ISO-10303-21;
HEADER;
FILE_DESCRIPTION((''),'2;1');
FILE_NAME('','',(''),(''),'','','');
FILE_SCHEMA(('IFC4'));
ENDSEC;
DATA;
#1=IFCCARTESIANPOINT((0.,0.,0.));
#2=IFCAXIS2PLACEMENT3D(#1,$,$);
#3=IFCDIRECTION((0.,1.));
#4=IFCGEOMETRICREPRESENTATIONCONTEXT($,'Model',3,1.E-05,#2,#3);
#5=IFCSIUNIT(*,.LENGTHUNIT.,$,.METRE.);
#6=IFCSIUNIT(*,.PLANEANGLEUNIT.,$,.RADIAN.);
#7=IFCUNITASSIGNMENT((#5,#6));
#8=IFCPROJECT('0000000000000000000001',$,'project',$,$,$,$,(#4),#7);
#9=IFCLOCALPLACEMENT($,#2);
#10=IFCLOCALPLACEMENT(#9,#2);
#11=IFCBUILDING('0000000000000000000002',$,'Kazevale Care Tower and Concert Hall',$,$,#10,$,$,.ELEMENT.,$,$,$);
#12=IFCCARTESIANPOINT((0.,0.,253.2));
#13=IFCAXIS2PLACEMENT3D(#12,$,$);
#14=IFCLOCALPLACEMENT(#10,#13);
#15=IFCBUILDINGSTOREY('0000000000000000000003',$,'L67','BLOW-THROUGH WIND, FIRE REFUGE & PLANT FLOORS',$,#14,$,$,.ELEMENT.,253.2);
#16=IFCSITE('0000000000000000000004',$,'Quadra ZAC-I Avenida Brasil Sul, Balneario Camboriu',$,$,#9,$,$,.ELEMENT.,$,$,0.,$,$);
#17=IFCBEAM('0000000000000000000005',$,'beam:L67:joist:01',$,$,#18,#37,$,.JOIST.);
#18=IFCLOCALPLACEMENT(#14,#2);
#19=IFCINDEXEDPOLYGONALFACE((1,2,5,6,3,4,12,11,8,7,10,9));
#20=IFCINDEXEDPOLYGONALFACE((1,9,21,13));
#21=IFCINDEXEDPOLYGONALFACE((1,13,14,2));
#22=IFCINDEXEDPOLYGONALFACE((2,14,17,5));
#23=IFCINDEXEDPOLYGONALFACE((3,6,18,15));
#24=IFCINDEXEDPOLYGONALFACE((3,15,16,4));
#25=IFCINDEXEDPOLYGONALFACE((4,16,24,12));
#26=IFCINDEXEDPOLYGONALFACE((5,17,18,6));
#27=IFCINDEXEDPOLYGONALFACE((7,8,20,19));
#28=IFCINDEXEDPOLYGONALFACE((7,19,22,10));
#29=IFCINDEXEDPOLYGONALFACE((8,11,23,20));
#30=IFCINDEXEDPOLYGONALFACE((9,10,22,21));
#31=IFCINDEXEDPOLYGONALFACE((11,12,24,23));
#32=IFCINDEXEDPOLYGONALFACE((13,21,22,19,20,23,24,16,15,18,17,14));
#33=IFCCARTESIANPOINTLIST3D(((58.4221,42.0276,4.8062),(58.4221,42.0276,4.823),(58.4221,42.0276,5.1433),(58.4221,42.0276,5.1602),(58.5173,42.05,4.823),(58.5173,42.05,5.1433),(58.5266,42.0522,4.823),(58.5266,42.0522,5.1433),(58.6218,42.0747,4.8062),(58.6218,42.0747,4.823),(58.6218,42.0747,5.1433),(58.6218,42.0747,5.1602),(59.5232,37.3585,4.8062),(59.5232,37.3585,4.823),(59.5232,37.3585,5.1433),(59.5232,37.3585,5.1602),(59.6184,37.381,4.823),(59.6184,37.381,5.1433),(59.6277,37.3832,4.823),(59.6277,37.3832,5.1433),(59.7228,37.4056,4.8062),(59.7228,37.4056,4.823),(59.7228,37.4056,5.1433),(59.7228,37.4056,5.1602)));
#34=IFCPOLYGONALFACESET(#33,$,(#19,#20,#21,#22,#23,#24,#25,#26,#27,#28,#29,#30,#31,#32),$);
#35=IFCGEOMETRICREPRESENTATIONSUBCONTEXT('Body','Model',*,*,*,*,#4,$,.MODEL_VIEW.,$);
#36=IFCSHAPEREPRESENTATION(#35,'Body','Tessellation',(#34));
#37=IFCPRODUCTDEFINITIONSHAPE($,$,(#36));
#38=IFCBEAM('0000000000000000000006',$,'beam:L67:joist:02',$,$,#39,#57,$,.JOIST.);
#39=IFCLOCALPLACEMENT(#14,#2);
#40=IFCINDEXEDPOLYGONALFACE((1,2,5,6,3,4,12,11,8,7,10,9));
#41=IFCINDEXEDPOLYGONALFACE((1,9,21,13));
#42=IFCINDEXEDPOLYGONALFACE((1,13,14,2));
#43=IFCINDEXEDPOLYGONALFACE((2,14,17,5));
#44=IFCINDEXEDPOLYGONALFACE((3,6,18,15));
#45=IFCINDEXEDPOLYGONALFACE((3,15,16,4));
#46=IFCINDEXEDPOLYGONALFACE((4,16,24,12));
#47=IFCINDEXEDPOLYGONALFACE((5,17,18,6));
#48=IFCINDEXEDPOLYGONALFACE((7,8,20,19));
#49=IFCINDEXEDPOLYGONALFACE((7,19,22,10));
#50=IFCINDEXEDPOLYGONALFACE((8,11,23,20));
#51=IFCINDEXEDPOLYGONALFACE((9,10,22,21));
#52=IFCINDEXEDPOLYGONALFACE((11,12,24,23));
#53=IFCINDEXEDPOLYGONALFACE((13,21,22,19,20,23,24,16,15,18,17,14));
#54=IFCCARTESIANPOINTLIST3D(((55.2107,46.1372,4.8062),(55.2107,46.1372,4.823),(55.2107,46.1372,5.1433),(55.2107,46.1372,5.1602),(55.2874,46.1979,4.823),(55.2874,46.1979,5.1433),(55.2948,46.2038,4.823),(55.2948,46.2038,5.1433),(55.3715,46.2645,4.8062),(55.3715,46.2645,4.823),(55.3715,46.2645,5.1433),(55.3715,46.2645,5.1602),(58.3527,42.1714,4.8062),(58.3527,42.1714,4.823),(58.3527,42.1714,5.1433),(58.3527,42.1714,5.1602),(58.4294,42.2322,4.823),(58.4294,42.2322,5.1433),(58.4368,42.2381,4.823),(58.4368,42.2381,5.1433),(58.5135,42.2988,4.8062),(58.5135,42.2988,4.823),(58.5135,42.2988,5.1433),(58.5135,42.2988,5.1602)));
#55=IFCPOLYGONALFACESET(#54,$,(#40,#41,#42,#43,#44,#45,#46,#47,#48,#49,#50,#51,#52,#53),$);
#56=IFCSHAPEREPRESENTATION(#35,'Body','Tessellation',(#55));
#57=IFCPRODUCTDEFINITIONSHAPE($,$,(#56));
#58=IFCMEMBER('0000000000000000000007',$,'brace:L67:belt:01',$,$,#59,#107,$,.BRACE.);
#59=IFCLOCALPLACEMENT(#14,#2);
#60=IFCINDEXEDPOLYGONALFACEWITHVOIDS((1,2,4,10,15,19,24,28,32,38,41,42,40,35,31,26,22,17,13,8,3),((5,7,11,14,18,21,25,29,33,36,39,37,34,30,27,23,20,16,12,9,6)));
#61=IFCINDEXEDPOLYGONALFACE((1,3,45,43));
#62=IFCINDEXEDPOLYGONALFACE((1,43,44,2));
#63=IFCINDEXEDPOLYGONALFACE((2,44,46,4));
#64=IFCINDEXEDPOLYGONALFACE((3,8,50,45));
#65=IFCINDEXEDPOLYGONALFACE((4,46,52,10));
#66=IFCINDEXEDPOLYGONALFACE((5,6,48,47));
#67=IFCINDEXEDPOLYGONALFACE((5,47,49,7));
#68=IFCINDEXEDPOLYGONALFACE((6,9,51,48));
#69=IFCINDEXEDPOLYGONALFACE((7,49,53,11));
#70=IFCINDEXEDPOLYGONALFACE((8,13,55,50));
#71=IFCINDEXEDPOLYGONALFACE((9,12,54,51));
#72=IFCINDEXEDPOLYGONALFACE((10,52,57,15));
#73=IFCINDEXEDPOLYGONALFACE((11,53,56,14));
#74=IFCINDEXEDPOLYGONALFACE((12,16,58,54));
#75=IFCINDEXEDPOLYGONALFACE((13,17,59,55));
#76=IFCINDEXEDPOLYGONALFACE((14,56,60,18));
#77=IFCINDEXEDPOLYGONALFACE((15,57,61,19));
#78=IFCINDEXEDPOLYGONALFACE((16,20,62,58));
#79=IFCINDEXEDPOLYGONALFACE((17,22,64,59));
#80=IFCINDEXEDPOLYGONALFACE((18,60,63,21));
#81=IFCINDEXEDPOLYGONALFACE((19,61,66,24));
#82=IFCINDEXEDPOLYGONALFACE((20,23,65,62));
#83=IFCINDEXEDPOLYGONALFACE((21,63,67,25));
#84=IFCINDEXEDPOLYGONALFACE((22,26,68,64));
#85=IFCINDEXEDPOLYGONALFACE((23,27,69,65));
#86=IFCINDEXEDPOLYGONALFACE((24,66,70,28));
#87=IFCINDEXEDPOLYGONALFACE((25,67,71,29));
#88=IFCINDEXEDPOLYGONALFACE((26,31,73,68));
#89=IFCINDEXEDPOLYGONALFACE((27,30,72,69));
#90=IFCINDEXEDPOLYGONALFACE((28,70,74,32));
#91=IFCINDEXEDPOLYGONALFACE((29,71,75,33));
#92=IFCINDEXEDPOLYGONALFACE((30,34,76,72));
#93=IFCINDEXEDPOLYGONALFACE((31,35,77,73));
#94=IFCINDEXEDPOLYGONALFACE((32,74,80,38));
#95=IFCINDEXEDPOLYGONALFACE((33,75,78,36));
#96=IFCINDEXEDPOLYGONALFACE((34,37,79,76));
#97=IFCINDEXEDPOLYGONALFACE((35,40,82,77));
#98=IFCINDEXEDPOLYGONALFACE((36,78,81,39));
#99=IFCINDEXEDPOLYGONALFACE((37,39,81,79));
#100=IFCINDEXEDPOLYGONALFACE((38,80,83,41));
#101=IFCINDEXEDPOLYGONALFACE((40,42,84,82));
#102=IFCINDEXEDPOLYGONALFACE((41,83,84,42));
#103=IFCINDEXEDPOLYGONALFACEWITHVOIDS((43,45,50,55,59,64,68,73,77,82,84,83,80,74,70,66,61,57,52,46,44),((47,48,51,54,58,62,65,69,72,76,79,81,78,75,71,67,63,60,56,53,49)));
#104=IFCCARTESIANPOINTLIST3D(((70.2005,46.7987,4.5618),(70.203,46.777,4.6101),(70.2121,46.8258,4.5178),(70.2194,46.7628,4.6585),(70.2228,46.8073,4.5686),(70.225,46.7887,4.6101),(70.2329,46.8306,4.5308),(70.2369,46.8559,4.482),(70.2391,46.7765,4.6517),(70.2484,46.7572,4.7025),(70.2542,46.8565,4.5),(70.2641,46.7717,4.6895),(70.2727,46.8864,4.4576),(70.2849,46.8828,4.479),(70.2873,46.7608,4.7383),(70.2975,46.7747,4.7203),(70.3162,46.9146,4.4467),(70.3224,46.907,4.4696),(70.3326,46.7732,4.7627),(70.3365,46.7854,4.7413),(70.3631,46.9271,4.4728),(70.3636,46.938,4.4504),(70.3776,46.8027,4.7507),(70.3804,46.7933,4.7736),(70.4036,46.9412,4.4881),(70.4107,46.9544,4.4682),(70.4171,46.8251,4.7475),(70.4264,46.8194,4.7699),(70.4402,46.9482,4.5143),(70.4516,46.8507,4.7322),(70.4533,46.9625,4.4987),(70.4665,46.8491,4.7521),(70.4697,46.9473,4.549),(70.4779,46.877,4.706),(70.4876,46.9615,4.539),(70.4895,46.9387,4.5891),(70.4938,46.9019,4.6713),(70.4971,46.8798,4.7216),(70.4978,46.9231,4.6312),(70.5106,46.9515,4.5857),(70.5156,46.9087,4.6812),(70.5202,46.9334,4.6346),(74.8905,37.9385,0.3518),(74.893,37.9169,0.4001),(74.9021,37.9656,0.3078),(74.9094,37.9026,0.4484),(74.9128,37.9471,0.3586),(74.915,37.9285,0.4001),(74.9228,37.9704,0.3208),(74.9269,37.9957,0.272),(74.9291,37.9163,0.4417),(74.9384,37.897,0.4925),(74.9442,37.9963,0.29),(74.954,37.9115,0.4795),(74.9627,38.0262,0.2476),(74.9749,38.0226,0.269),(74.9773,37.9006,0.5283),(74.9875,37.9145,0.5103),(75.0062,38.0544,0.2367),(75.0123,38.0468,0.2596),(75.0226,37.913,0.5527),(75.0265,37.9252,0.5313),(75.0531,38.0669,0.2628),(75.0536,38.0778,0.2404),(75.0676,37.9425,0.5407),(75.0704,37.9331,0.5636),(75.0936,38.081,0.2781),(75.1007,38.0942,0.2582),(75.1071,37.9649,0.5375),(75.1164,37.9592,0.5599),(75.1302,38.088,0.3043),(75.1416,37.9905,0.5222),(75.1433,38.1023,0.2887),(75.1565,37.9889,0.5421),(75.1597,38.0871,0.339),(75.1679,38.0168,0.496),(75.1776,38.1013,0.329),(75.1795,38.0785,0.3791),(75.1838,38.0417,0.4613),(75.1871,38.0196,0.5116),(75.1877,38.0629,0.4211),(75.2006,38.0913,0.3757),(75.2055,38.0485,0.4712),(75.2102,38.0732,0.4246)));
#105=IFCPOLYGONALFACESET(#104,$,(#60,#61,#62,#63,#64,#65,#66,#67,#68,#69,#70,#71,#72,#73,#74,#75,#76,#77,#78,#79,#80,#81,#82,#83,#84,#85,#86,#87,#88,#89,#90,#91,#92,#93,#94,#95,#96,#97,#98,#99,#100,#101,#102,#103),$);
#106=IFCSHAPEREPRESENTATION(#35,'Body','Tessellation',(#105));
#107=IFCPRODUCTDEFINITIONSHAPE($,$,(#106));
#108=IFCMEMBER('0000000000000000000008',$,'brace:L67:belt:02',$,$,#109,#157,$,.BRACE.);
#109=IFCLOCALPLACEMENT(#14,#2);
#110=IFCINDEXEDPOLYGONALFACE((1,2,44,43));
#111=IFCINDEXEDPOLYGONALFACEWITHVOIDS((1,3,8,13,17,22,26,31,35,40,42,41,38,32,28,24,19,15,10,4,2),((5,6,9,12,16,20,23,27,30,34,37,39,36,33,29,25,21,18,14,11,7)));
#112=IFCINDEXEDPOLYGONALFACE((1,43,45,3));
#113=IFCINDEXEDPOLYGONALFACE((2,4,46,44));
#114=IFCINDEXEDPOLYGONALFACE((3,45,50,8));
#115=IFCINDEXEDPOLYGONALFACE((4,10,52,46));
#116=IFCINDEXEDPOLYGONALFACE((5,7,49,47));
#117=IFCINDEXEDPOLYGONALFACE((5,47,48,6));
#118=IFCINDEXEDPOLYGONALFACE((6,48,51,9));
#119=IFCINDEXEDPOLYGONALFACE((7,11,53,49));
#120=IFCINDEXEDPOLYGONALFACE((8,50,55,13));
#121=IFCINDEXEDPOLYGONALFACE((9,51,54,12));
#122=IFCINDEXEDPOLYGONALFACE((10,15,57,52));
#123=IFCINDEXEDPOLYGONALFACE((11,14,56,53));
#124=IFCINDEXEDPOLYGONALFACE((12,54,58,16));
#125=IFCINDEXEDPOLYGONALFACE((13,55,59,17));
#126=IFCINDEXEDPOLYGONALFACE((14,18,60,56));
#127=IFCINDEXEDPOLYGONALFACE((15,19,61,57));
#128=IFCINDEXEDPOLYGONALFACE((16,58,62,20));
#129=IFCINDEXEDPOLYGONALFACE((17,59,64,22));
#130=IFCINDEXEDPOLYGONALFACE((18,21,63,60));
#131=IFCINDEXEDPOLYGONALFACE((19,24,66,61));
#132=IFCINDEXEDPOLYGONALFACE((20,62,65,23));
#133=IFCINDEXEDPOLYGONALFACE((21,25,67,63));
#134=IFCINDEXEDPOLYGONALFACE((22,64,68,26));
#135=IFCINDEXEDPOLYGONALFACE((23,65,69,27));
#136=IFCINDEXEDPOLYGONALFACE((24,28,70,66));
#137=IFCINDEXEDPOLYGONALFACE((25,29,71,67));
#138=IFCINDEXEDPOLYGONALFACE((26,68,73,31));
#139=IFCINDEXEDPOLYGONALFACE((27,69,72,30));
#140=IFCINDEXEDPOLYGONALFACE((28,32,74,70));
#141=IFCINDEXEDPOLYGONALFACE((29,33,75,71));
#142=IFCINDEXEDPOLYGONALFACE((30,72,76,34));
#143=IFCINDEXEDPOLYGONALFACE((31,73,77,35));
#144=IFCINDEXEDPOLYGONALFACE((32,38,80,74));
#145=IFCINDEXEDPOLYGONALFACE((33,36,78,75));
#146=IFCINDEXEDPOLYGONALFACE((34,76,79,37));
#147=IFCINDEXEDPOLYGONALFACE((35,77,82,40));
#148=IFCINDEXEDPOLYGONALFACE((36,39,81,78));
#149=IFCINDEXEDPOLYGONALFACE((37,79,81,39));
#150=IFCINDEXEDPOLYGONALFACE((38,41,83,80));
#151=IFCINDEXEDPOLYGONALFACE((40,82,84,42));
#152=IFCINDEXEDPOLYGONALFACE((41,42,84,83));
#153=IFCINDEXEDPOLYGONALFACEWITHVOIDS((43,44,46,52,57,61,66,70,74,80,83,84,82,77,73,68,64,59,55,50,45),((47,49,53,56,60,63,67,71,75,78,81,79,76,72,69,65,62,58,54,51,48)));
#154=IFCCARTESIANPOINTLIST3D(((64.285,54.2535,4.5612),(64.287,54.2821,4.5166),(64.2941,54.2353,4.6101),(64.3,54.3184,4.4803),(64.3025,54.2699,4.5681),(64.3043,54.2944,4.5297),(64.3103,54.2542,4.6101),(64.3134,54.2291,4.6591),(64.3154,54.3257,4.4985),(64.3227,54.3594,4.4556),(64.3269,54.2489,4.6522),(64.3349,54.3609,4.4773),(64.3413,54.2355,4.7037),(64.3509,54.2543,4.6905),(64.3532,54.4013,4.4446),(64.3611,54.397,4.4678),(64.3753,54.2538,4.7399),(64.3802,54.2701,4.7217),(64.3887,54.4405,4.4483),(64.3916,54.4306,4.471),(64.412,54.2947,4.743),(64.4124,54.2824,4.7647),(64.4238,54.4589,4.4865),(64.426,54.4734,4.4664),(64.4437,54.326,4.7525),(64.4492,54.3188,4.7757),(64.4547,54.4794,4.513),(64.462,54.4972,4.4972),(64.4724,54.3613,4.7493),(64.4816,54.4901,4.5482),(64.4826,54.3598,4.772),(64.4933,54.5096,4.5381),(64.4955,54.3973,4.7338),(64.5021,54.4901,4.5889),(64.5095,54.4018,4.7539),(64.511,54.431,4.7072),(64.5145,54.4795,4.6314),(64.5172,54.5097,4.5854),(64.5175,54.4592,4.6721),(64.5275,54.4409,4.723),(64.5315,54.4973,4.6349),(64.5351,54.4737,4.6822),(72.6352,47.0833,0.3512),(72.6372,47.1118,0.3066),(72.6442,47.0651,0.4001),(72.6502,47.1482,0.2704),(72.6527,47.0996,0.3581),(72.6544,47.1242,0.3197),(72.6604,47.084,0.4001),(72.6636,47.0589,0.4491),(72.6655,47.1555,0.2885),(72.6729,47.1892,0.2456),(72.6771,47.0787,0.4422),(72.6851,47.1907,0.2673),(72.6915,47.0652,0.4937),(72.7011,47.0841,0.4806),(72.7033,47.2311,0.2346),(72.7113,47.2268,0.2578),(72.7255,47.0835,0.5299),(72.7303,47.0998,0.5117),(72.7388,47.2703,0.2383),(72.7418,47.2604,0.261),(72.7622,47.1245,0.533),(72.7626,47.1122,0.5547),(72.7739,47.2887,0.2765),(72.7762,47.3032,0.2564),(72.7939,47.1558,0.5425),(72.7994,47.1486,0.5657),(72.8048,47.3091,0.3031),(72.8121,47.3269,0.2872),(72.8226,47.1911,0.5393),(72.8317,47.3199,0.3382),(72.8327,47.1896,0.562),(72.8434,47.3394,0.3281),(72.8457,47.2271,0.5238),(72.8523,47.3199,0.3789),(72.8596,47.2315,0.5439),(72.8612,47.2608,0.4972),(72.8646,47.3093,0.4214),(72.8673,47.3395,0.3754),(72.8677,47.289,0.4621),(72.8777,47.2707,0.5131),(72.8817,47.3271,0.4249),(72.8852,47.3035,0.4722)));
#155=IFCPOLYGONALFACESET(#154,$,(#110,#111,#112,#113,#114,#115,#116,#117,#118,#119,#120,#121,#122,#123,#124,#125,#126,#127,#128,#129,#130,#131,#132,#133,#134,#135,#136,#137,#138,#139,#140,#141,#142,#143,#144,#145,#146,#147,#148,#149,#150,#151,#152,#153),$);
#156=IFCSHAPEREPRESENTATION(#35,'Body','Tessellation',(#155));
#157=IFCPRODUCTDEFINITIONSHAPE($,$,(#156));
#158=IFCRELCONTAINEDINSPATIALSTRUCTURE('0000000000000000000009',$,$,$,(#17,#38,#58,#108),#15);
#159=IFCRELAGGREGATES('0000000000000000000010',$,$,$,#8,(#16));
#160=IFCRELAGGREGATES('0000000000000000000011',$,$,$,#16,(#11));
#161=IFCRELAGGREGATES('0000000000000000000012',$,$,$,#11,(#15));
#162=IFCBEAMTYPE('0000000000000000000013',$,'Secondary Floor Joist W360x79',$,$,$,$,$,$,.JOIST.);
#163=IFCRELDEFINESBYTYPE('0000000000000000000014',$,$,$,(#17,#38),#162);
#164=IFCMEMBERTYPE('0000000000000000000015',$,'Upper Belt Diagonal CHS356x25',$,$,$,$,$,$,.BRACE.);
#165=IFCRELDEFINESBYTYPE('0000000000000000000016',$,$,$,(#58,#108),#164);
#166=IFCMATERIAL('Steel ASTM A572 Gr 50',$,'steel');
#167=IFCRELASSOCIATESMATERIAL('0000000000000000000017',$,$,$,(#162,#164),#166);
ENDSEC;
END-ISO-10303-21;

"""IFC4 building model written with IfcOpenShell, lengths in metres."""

from ifc_helpers import new_model, si_unit, direction, frame, origin, origin_2d, place, context, subcontext, project, spatial, hollow_circle, i_section, extrude, material, material_profile, profile_set, type_object, element, save


model = new_model("IFC4")

# Units and contexts
model_context = context("Model", 3, precision=1e-05, world=origin(), true_north=direction((0.0, 1.0)))
body_context = subcontext(model_context, "Body", "Model", "MODEL_VIEW")
ifc_project = project(units=[si_unit("LENGTHUNIT", "METRE"), si_unit("PLANEANGLEUNIT", "RADIAN")], contexts=[model_context])

# Site, building, storey
site_placement = place(None, origin())
site = spatial("IfcSite", under=ifc_project, at=site_placement, Name="Quadra ZAC-I Avenida Brasil Sul, Balneario Camboriu", CompositionType="ELEMENT", RefElevation=0.0)
building_placement = place(site_placement, origin())
building = spatial("IfcBuilding", under=site, at=building_placement, Name="Kazevale Care Tower and Concert Hall", CompositionType="ELEMENT")
storey_placement = place(building_placement, frame((0.0, 0.0, 253.2)))
storey = spatial("IfcBuildingStorey", under=building, at=storey_placement, Name="L67", Description="BLOW-THROUGH WIND, FIRE REFUGE & PLANT FLOORS", CompositionType="ELEMENT", Elevation=253.2)

# Beams
ifc_material_1 = material(Name="Steel ASTM A572 Gr 50", Category="steel")
ifc_material_profile_1 = material_profile(ifc_material_1, i_section(OverallWidth=0.2051, OverallDepth=0.354, WebThickness=0.0095, FlangeThickness=0.0168, at=origin_2d()), Name="W360x79")
ifc_profile_set_1 = profile_set([ifc_material_profile_1], Name="Steel ASTM A572 Gr 50")
beam_type_1 = type_object("IfcBeamType", Name="Secondary Floor Joist W360x79", PredefinedType="JOIST", material=ifc_profile_set_1)
beam_1_placement = place(storey_placement, frame((59.623, 37.3821, 4.9832), z_axis=(-0.229533, 0.973301, 0.0), x_axis=(-0.973301, -0.229533, 0.0)))
element("IfcBeam", 1, at=beam_1_placement, inside=storey, type_object=beam_type_1, Name="beam:L67:joist:01", PredefinedType="JOIST", context=body_context, shape_type="SweptSolid", body=[
    extrude(i_section(OverallWidth=0.2051, OverallDepth=0.354, WebThickness=0.0095, FlangeThickness=0.0168, at=origin_2d()), origin(), (0.0, 0.0, 1.0), 4.7971),
])
beam_2_placement = place(storey_placement, frame((58.4331, 42.2351, 4.9832), z_axis=(-0.621004, 0.783807, 0.0), x_axis=(-0.783807, -0.621004, 0.0)))
element("IfcBeam", 2, at=beam_2_placement, inside=storey, type_object=beam_type_1, Name="beam:L67:joist:02", PredefinedType="JOIST", context=body_context, shape_type="SweptSolid", body=[
    extrude(i_section(OverallWidth=0.2051, OverallDepth=0.354, WebThickness=0.0095, FlangeThickness=0.0168, at=origin_2d()), origin(), (0.0, 0.0, 1.0), 5.0596),
])

# Members
ifc_material_profile_2 = material_profile(ifc_material_1, hollow_circle(Radius=0.1777, WallThickness=0.0249, at=origin_2d()), Name="CHS356x25")
ifc_profile_set_2 = profile_set([ifc_material_profile_2], Name="Steel ASTM A572 Gr 50")
member_type = type_object("IfcMemberType", Name="Upper Belt Diagonal CHS356x25", PredefinedType="BRACE", material=ifc_profile_set_2)
member_1_placement = place(storey_placement, frame((75.05, 38.0, 0.4001), z_axis=(-0.431341, 0.814877, 0.387196), x_axis=(-0.883817, -0.467833, 0.0)))
element("IfcMember", 3, at=member_1_placement, inside=storey, type_object=member_type, Name="brace:L67:belt:01", PredefinedType="BRACE", context=body_context, shape_type="SweptSolid", body=[
    extrude(hollow_circle(Radius=0.1777, WallThickness=0.0249, at=origin_2d()), origin(), (0.0, 0.0, 1.0), 10.873),
])
member_2_placement = place(storey_placement, frame((72.76, 47.2, 0.4001), z_axis=(-0.708605, 0.608474, 0.357265), x_axis=(-0.651469, -0.758675, 0.0)))
element("IfcMember", 4, at=member_2_placement, inside=storey, type_object=member_type, Name="brace:L67:belt:02", PredefinedType="BRACE", context=body_context, shape_type="SweptSolid", body=[
    extrude(hollow_circle(Radius=0.1777, WallThickness=0.0249, at=origin_2d()), origin(), (0.0, 0.0, 1.0), 11.7839),
])

save(model, "model.ifc")
